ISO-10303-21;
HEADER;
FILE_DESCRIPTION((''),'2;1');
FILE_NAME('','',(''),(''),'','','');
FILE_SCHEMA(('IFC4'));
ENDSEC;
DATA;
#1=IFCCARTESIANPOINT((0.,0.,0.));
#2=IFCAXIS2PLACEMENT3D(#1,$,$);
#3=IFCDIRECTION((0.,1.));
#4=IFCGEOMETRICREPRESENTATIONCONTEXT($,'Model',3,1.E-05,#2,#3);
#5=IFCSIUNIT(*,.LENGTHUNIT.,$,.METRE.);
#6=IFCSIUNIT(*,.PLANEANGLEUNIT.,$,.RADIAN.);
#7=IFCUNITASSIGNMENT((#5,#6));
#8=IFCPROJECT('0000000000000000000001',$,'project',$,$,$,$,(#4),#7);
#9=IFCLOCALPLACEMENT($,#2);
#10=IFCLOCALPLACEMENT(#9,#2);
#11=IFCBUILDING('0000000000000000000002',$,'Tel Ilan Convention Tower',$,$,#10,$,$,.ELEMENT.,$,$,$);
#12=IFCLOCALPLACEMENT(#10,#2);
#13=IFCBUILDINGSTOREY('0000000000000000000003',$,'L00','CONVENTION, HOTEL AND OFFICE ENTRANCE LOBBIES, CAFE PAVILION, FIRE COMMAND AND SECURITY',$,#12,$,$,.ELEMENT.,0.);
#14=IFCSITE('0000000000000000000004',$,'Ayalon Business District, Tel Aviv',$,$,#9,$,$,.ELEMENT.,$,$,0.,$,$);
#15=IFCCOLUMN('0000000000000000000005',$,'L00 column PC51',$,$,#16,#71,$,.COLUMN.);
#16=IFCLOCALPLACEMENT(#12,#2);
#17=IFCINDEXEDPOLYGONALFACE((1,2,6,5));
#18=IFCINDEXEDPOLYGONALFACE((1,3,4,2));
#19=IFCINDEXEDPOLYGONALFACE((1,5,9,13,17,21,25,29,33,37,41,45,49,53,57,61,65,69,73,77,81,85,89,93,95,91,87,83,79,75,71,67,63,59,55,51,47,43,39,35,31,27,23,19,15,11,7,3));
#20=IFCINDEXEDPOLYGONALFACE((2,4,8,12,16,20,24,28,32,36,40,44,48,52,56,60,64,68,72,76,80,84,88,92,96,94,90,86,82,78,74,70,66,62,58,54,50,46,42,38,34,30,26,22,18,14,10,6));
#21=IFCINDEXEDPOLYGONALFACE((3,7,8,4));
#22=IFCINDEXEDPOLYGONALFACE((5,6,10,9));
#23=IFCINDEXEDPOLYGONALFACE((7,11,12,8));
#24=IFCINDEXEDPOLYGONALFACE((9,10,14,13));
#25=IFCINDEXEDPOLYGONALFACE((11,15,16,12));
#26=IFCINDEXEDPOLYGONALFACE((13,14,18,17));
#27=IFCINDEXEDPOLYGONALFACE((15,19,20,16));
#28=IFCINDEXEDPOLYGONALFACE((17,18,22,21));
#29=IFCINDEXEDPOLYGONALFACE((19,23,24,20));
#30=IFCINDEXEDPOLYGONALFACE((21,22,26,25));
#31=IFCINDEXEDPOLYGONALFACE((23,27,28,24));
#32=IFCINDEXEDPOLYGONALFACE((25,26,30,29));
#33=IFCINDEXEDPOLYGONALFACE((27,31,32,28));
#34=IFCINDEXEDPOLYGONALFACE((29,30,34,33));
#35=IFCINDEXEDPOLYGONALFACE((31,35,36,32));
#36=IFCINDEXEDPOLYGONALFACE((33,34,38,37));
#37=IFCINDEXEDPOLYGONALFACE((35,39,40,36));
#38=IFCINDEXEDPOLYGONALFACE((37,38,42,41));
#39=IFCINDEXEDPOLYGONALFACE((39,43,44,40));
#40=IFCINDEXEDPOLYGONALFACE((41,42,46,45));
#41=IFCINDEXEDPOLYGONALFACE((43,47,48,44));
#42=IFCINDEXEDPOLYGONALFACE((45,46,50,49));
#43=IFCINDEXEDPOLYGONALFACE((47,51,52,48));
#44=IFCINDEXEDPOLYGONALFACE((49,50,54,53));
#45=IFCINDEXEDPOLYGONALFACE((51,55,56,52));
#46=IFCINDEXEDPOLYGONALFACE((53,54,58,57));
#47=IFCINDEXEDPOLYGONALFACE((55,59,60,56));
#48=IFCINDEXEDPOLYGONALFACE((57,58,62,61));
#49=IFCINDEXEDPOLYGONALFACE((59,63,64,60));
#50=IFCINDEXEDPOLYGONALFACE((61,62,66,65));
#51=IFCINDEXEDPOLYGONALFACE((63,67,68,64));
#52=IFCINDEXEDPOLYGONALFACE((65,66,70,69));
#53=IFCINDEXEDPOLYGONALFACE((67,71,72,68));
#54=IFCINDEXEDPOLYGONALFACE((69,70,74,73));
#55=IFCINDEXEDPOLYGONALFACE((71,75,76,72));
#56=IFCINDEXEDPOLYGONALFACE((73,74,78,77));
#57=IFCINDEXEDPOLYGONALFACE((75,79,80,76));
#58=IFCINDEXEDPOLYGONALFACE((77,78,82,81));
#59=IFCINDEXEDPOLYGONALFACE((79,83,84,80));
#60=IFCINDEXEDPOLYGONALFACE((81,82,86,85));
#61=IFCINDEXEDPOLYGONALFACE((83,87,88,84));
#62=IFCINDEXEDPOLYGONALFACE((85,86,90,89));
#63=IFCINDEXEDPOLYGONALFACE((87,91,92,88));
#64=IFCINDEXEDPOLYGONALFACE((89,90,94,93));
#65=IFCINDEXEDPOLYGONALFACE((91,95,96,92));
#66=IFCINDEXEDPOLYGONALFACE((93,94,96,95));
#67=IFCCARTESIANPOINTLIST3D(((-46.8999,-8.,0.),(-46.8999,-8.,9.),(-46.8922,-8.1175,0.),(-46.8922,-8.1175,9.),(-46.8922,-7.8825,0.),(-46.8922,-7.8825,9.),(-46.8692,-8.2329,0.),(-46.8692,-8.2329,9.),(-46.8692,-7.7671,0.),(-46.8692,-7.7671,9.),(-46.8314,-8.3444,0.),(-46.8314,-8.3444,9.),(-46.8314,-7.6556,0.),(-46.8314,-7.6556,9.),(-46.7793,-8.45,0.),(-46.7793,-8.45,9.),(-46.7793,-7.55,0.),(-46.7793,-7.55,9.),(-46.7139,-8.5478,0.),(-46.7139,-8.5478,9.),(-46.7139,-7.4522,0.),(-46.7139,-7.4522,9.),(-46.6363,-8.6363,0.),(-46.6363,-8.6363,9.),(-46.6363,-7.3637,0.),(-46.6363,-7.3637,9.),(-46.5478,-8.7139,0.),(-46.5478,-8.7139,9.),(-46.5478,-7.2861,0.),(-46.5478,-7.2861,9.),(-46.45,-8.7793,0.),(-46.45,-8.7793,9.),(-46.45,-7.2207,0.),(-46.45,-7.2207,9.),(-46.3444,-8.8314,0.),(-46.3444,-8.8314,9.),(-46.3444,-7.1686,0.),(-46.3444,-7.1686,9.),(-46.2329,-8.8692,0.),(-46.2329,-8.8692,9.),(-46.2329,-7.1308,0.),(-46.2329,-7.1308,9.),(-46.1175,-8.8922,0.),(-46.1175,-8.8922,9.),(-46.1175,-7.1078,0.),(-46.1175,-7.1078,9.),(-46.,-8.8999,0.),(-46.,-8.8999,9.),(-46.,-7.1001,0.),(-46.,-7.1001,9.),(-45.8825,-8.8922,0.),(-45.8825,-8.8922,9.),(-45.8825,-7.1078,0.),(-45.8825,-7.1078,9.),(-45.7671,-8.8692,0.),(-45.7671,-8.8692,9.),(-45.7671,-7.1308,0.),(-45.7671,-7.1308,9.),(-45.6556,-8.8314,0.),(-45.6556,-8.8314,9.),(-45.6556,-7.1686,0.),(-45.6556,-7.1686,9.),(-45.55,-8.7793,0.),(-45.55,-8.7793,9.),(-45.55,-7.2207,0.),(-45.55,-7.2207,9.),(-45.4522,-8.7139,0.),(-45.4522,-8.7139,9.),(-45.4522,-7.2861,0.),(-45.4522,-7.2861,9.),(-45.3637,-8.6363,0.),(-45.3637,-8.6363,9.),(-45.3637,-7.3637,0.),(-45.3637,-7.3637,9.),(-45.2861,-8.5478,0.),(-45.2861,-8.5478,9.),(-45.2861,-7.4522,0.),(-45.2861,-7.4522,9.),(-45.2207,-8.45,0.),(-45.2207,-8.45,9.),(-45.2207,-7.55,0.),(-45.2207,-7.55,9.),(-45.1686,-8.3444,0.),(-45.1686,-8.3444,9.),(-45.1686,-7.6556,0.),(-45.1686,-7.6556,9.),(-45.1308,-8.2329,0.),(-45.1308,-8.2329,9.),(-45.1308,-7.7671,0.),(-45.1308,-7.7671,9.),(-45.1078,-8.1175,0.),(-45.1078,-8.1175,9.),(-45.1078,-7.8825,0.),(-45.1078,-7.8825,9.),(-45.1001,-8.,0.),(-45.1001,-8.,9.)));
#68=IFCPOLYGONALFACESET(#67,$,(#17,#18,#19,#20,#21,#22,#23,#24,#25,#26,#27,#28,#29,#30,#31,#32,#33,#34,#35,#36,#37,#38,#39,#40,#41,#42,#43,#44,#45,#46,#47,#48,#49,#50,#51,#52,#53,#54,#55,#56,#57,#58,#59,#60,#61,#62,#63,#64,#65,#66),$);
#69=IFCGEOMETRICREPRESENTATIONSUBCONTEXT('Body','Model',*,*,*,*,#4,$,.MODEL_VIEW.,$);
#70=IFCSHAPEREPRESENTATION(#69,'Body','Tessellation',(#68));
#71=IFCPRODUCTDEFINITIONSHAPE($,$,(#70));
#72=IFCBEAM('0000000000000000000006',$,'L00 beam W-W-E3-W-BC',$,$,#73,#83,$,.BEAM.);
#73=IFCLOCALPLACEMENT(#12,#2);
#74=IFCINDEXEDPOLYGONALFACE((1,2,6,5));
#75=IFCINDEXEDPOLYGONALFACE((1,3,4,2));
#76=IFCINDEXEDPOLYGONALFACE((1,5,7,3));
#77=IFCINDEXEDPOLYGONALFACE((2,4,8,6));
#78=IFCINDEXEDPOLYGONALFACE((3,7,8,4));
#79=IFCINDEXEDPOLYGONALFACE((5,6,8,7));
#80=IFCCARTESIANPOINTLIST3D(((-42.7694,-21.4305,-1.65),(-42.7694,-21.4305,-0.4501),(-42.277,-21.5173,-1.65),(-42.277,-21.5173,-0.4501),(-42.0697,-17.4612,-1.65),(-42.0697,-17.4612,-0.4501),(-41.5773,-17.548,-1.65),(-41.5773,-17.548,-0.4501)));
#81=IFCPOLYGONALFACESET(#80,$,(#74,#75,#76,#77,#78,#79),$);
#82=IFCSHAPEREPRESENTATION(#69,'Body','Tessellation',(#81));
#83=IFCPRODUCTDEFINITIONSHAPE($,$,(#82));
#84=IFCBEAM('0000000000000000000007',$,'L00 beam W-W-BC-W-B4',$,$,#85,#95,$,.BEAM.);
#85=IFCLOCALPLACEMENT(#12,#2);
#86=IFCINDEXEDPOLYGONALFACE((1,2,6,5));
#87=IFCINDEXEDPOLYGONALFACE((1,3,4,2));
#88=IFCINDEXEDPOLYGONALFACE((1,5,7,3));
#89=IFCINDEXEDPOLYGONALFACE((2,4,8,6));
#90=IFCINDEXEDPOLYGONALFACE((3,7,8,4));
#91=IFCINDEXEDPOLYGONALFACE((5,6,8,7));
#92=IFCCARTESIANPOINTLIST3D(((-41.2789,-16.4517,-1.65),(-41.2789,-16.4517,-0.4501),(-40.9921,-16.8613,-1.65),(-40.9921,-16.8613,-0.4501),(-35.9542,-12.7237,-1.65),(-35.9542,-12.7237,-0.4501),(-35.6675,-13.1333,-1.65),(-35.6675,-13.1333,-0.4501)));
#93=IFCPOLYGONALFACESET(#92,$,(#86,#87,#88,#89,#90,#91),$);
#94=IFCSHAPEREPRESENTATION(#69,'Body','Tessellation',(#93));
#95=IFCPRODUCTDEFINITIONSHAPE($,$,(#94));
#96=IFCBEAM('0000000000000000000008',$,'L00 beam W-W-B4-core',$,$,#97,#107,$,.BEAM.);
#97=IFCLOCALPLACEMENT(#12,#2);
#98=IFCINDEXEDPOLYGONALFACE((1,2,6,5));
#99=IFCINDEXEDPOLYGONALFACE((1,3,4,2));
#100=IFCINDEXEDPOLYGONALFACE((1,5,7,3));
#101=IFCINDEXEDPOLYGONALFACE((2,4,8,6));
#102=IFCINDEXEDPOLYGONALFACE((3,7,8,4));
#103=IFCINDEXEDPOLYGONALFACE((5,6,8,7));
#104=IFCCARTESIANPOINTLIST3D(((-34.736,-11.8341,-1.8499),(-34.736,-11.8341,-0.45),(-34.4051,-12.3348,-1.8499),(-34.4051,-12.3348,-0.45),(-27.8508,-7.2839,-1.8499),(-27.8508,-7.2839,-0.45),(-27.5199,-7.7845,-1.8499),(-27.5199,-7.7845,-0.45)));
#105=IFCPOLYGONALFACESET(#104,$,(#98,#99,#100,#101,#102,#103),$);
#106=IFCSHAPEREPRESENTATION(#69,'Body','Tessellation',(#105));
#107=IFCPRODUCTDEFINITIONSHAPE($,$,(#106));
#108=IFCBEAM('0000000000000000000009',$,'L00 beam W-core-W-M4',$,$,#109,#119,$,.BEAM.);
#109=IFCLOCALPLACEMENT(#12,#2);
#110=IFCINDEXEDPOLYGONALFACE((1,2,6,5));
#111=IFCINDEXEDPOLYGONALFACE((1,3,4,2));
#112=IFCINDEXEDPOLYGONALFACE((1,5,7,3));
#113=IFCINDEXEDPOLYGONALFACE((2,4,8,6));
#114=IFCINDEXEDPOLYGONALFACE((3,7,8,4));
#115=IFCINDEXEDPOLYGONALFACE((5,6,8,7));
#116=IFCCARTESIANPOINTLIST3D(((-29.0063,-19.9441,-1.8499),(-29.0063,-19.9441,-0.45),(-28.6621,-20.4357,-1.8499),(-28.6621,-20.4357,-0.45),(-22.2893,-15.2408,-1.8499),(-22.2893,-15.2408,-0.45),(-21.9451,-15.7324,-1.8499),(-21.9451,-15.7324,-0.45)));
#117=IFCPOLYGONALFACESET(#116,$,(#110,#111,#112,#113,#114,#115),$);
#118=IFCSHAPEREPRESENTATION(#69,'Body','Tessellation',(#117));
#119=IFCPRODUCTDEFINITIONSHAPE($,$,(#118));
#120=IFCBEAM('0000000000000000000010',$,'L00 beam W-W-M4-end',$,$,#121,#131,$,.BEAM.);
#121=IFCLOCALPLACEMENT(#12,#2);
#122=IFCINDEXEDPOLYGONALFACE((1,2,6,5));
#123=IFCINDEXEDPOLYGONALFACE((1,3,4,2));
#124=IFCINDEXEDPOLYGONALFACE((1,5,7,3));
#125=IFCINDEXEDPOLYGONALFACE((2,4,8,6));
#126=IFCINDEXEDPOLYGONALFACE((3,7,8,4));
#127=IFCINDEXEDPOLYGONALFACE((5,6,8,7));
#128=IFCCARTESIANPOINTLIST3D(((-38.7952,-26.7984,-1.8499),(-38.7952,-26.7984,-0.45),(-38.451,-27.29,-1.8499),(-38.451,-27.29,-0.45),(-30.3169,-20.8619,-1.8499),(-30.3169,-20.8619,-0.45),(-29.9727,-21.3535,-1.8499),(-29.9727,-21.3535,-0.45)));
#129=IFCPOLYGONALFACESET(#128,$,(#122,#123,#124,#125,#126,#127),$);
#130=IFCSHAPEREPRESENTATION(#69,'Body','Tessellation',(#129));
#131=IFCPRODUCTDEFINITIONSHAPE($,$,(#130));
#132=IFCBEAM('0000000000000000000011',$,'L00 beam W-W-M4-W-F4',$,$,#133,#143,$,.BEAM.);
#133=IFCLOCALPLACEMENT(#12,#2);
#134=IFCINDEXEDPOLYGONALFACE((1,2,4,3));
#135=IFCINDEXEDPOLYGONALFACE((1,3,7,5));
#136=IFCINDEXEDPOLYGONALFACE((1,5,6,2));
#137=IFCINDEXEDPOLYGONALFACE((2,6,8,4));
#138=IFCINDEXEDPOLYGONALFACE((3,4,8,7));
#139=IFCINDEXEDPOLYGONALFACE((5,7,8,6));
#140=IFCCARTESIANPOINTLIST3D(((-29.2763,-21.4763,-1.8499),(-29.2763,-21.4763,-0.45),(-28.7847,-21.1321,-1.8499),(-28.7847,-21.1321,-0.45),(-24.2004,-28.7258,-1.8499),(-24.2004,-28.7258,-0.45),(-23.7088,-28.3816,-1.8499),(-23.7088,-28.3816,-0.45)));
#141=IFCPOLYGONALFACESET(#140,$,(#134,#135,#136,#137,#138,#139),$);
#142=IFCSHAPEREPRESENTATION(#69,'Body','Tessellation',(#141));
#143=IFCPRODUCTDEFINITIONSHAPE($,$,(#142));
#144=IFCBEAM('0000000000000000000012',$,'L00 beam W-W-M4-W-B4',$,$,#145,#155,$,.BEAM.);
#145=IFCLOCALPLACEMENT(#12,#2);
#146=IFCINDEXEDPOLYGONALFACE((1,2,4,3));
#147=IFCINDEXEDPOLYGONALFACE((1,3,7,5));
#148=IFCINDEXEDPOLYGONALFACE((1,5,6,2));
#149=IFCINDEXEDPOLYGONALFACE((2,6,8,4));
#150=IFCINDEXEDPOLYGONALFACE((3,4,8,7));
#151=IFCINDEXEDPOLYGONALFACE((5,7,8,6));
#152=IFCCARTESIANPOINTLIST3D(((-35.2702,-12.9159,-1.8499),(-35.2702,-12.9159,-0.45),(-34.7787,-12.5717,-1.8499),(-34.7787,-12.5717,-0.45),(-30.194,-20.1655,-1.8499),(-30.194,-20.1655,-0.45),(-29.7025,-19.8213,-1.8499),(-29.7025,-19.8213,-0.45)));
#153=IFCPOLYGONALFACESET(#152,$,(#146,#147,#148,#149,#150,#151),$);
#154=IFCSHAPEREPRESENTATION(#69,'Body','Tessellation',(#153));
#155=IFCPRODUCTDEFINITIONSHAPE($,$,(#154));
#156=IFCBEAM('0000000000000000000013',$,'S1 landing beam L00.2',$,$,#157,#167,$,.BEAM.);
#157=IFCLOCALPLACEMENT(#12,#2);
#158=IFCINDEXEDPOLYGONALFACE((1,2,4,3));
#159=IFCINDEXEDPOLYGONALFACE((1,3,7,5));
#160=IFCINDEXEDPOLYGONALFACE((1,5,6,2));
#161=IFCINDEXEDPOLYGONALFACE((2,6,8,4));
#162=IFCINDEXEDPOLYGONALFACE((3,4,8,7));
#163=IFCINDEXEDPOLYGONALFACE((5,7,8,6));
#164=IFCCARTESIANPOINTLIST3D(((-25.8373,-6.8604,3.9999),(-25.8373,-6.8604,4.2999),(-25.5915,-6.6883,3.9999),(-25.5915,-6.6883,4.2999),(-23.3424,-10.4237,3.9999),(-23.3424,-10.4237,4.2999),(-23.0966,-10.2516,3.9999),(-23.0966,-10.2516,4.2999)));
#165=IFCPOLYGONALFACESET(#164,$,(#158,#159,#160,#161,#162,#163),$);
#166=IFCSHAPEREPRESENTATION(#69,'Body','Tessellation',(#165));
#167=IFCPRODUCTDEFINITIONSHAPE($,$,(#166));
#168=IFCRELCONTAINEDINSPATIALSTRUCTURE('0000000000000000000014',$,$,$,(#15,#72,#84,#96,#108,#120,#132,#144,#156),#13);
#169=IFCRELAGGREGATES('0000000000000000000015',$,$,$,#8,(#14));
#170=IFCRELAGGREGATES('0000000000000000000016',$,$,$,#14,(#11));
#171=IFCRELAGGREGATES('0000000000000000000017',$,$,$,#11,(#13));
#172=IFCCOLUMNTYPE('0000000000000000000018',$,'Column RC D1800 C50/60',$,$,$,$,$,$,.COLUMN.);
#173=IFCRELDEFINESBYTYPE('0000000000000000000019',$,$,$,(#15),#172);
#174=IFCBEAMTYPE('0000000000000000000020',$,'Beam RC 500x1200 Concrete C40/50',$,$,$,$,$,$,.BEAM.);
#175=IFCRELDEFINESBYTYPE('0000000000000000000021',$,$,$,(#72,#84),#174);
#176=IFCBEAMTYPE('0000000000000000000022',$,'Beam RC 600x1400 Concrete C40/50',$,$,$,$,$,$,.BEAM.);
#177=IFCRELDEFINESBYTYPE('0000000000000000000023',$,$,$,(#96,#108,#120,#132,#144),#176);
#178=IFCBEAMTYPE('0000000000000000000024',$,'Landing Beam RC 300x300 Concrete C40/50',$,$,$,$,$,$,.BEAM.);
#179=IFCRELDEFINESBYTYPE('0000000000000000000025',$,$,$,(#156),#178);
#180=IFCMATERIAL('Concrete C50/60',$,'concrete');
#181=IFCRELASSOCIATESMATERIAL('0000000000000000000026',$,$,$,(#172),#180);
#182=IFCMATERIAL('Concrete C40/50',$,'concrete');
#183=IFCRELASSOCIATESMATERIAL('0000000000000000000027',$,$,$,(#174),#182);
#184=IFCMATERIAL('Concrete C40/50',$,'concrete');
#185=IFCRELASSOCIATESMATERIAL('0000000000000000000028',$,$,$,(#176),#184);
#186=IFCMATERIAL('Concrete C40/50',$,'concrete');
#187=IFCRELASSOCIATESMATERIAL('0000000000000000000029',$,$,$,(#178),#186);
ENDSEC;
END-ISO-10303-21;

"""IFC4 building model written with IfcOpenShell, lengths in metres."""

from ifc_helpers import new_model, si_unit, direction, frame, origin, origin_2d, place, context, subcontext, project, spatial, rectangle, circle, extrude, material, material_profile, profile_set, type_object, element, save


model = new_model("IFC4")

# Units and contexts
model_context = context("Model", 3, precision=1e-05, world=origin(), true_north=direction((0.0, 1.0)))
body_context = subcontext(model_context, "Body", "Model", "MODEL_VIEW")
ifc_project = project(units=[si_unit("LENGTHUNIT", "METRE"), si_unit("PLANEANGLEUNIT", "RADIAN")], contexts=[model_context])

# Site, building, storey
site_placement = place(None, origin())
site = spatial("IfcSite", under=ifc_project, at=site_placement, Name="Ayalon Business District, Tel Aviv", CompositionType="ELEMENT", RefElevation=0.0)
building_placement = place(site_placement, origin())
building = spatial("IfcBuilding", under=site, at=building_placement, Name="Tel Ilan Convention Tower", CompositionType="ELEMENT")
storey_placement = place(building_placement, origin())
storey = spatial("IfcBuildingStorey", under=building, at=storey_placement, Name="L00", Description="CONVENTION, HOTEL AND OFFICE ENTRANCE LOBBIES, CAFE PAVILION, FIRE COMMAND AND SECURITY", CompositionType="ELEMENT", Elevation=0.0)

# Column
ifc_material_1 = material(Name="Concrete C50/60", Category="concrete")
ifc_material_profile_1 = material_profile(ifc_material_1, circle(Radius=0.8999, at=origin_2d()), Name="RC D1800")
ifc_profile_set_1 = profile_set([ifc_material_profile_1], Name="Concrete C50/60")
column_type_1 = type_object("IfcColumnType", Name="Column RC D1800 C50/60", PredefinedType="COLUMN", material=ifc_profile_set_1)
column_placement = place(storey_placement, frame((-46.0, -8.0, 0.0), z_axis=(0.0, 0.0, 1.0), x_axis=(1.0, 0.0, 0.0)))
element("IfcColumn", 1, at=column_placement, inside=storey, type_object=column_type_1, Name="L00 column PC51", PredefinedType="COLUMN", context=body_context, shape_type="SweptSolid", body=[
    extrude(circle(Radius=0.8999, at=origin_2d()), origin(), (0.0, 0.0, 1.0), 9.0),
])

# Beams
ifc_material_2 = material(Name="Concrete C40/50", Category="concrete")
ifc_material_profile_2 = material_profile(ifc_material_2, rectangle(XDim=0.5, YDim=1.2, at=origin_2d()), Name="RC 500x1200")
ifc_profile_set_2 = profile_set([ifc_material_profile_2], Name="Concrete C40/50")
beam_type_1 = type_object("IfcBeamType", Name="Beam RC 500x1200 Concrete C40/50", PredefinedType="BEAM", material=ifc_profile_set_2)
beam_1_placement = place(storey_placement, frame((-42.5232, -21.4739, -1.05), z_axis=(0.173606, 0.984815, 0.0), x_axis=(-0.984815, 0.173606, 0.0)))
element("IfcBeam", 2, at=beam_1_placement, inside=storey, type_object=beam_type_1, Name="L00 beam W-W-E3-W-BC", PredefinedType="BEAM", context=body_context, shape_type="SweptSolid", body=[
    extrude(rectangle(XDim=0.5, YDim=1.2, at=origin_2d()), origin(), (0.0, 0.0, 1.0), 4.0305),
])
beam_2_placement = place(storey_placement, frame((-41.1355, -16.6565, -1.05), z_axis=(0.819179, 0.573538, 0.0), x_axis=(-0.573538, 0.819179, 0.0)))
element("IfcBeam", 3, at=beam_2_placement, inside=storey, type_object=beam_type_1, Name="L00 beam W-W-BC-W-B4", PredefinedType="BEAM", context=body_context, shape_type="SweptSolid", body=[
    extrude(rectangle(XDim=0.5, YDim=1.2, at=origin_2d()), origin(), (0.0, 0.0, 1.0), 6.5),
])
ifc_material_3 = material(Name="Concrete C40/50", Category="concrete")
ifc_material_profile_3 = material_profile(ifc_material_3, rectangle(XDim=0.6001, YDim=1.3999, at=origin_2d()), Name="RC 600x1400")
ifc_profile_set_3 = profile_set([ifc_material_profile_3], Name="Concrete C40/50")
beam_type_2 = type_object("IfcBeamType", Name="Beam RC 600x1400 Concrete C40/50", PredefinedType="BEAM", material=ifc_profile_set_3)
beam_3_placement = place(storey_placement, frame((-34.5706, -12.0845, -1.1499), z_axis=(0.834274, 0.551351, 0.0), x_axis=(-0.551351, 0.834274, 0.0)))
element("IfcBeam", 4, at=beam_3_placement, inside=storey, type_object=beam_type_2, Name="L00 beam W-W-B4-core", PredefinedType="BEAM", context=body_context, shape_type="SweptSolid", body=[
    extrude(rectangle(XDim=0.6001, YDim=1.3999, at=origin_2d()), origin(), (0.0, 0.0, 1.0), 8.2529),
])
beam_4_placement = place(storey_placement, frame((-22.1172, -15.4866, -1.1499), z_axis=(-0.819149, -0.57358, 0.0), x_axis=(0.57358, -0.819149, 0.0)))
element("IfcBeam", 5, at=beam_4_placement, inside=storey, type_object=beam_type_2, Name="L00 beam W-core-W-M4", PredefinedType="BEAM", context=body_context, shape_type="SweptSolid", body=[
    extrude(rectangle(XDim=0.6001, YDim=1.3999, at=origin_2d()), origin(), (0.0, 0.0, 1.0), 8.2),
])
beam_5_placement = place(storey_placement, frame((-30.1448, -21.1077, -1.1499), z_axis=(-0.819153, -0.573575, 0.0), x_axis=(0.573575, -0.819153, 0.0)))
element("IfcBeam", 6, at=beam_5_placement, inside=storey, type_object=beam_type_2, Name="L00 beam W-W-M4-end", PredefinedType="BEAM", context=body_context, shape_type="SweptSolid", body=[
    extrude(rectangle(XDim=0.6001, YDim=1.3999, at=origin_2d()), origin(), (0.0, 0.0, 1.0), 10.3501),
])
beam_6_placement = place(storey_placement, frame((-29.0305, -21.3042, -1.1499), z_axis=(0.573559, -0.819165, 0.0), x_axis=(0.819165, 0.573559, 0.0)))
element("IfcBeam", 7, at=beam_6_placement, inside=storey, type_object=beam_type_2, Name="L00 beam W-W-M4-W-F4", PredefinedType="BEAM", context=body_context, shape_type="SweptSolid", body=[
    extrude(rectangle(XDim=0.6001, YDim=1.3999, at=origin_2d()), origin(), (0.0, 0.0, 1.0), 8.8499),
])
beam_7_placement = place(storey_placement, frame((-29.9482, -19.9934, -1.1499), z_axis=(-0.573577, 0.819152, 0.0), x_axis=(-0.819152, -0.573577, 0.0)))
element("IfcBeam", 8, at=beam_7_placement, inside=storey, type_object=beam_type_2, Name="L00 beam W-W-M4-W-B4", PredefinedType="BEAM", context=body_context, shape_type="SweptSolid", body=[
    extrude(rectangle(XDim=0.6001, YDim=1.3999, at=origin_2d()), origin(), (0.0, 0.0, 1.0), 8.8501),
])
ifc_material_4 = material(Name="Concrete C40/50", Category="concrete")
ifc_material_profile_4 = material_profile(ifc_material_4, rectangle(XDim=0.3, YDim=0.3, at=origin_2d()), Name="RC 300x300")
ifc_profile_set_4 = profile_set([ifc_material_profile_4], Name="Concrete C40/50")
beam_type_3 = type_object("IfcBeamType", Name="Landing Beam RC 300x300 Concrete C40/50", PredefinedType="BEAM", material=ifc_profile_set_4)
beam_8_placement = place(storey_placement, frame((-23.2195, -10.3376, 4.1499), z_axis=(-0.573557, 0.819166, 0.0), x_axis=(-0.819166, -0.573557, 0.0)))
element("IfcBeam", 9, at=beam_8_placement, inside=storey, type_object=beam_type_3, Name="S1 landing beam L00.2", PredefinedType="BEAM", context=body_context, shape_type="SweptSolid", body=[
    extrude(rectangle(XDim=0.3, YDim=0.3, at=origin_2d()), origin(), (0.0, 0.0, 1.0), 4.3499),
])

save(model, "model.ifc")
